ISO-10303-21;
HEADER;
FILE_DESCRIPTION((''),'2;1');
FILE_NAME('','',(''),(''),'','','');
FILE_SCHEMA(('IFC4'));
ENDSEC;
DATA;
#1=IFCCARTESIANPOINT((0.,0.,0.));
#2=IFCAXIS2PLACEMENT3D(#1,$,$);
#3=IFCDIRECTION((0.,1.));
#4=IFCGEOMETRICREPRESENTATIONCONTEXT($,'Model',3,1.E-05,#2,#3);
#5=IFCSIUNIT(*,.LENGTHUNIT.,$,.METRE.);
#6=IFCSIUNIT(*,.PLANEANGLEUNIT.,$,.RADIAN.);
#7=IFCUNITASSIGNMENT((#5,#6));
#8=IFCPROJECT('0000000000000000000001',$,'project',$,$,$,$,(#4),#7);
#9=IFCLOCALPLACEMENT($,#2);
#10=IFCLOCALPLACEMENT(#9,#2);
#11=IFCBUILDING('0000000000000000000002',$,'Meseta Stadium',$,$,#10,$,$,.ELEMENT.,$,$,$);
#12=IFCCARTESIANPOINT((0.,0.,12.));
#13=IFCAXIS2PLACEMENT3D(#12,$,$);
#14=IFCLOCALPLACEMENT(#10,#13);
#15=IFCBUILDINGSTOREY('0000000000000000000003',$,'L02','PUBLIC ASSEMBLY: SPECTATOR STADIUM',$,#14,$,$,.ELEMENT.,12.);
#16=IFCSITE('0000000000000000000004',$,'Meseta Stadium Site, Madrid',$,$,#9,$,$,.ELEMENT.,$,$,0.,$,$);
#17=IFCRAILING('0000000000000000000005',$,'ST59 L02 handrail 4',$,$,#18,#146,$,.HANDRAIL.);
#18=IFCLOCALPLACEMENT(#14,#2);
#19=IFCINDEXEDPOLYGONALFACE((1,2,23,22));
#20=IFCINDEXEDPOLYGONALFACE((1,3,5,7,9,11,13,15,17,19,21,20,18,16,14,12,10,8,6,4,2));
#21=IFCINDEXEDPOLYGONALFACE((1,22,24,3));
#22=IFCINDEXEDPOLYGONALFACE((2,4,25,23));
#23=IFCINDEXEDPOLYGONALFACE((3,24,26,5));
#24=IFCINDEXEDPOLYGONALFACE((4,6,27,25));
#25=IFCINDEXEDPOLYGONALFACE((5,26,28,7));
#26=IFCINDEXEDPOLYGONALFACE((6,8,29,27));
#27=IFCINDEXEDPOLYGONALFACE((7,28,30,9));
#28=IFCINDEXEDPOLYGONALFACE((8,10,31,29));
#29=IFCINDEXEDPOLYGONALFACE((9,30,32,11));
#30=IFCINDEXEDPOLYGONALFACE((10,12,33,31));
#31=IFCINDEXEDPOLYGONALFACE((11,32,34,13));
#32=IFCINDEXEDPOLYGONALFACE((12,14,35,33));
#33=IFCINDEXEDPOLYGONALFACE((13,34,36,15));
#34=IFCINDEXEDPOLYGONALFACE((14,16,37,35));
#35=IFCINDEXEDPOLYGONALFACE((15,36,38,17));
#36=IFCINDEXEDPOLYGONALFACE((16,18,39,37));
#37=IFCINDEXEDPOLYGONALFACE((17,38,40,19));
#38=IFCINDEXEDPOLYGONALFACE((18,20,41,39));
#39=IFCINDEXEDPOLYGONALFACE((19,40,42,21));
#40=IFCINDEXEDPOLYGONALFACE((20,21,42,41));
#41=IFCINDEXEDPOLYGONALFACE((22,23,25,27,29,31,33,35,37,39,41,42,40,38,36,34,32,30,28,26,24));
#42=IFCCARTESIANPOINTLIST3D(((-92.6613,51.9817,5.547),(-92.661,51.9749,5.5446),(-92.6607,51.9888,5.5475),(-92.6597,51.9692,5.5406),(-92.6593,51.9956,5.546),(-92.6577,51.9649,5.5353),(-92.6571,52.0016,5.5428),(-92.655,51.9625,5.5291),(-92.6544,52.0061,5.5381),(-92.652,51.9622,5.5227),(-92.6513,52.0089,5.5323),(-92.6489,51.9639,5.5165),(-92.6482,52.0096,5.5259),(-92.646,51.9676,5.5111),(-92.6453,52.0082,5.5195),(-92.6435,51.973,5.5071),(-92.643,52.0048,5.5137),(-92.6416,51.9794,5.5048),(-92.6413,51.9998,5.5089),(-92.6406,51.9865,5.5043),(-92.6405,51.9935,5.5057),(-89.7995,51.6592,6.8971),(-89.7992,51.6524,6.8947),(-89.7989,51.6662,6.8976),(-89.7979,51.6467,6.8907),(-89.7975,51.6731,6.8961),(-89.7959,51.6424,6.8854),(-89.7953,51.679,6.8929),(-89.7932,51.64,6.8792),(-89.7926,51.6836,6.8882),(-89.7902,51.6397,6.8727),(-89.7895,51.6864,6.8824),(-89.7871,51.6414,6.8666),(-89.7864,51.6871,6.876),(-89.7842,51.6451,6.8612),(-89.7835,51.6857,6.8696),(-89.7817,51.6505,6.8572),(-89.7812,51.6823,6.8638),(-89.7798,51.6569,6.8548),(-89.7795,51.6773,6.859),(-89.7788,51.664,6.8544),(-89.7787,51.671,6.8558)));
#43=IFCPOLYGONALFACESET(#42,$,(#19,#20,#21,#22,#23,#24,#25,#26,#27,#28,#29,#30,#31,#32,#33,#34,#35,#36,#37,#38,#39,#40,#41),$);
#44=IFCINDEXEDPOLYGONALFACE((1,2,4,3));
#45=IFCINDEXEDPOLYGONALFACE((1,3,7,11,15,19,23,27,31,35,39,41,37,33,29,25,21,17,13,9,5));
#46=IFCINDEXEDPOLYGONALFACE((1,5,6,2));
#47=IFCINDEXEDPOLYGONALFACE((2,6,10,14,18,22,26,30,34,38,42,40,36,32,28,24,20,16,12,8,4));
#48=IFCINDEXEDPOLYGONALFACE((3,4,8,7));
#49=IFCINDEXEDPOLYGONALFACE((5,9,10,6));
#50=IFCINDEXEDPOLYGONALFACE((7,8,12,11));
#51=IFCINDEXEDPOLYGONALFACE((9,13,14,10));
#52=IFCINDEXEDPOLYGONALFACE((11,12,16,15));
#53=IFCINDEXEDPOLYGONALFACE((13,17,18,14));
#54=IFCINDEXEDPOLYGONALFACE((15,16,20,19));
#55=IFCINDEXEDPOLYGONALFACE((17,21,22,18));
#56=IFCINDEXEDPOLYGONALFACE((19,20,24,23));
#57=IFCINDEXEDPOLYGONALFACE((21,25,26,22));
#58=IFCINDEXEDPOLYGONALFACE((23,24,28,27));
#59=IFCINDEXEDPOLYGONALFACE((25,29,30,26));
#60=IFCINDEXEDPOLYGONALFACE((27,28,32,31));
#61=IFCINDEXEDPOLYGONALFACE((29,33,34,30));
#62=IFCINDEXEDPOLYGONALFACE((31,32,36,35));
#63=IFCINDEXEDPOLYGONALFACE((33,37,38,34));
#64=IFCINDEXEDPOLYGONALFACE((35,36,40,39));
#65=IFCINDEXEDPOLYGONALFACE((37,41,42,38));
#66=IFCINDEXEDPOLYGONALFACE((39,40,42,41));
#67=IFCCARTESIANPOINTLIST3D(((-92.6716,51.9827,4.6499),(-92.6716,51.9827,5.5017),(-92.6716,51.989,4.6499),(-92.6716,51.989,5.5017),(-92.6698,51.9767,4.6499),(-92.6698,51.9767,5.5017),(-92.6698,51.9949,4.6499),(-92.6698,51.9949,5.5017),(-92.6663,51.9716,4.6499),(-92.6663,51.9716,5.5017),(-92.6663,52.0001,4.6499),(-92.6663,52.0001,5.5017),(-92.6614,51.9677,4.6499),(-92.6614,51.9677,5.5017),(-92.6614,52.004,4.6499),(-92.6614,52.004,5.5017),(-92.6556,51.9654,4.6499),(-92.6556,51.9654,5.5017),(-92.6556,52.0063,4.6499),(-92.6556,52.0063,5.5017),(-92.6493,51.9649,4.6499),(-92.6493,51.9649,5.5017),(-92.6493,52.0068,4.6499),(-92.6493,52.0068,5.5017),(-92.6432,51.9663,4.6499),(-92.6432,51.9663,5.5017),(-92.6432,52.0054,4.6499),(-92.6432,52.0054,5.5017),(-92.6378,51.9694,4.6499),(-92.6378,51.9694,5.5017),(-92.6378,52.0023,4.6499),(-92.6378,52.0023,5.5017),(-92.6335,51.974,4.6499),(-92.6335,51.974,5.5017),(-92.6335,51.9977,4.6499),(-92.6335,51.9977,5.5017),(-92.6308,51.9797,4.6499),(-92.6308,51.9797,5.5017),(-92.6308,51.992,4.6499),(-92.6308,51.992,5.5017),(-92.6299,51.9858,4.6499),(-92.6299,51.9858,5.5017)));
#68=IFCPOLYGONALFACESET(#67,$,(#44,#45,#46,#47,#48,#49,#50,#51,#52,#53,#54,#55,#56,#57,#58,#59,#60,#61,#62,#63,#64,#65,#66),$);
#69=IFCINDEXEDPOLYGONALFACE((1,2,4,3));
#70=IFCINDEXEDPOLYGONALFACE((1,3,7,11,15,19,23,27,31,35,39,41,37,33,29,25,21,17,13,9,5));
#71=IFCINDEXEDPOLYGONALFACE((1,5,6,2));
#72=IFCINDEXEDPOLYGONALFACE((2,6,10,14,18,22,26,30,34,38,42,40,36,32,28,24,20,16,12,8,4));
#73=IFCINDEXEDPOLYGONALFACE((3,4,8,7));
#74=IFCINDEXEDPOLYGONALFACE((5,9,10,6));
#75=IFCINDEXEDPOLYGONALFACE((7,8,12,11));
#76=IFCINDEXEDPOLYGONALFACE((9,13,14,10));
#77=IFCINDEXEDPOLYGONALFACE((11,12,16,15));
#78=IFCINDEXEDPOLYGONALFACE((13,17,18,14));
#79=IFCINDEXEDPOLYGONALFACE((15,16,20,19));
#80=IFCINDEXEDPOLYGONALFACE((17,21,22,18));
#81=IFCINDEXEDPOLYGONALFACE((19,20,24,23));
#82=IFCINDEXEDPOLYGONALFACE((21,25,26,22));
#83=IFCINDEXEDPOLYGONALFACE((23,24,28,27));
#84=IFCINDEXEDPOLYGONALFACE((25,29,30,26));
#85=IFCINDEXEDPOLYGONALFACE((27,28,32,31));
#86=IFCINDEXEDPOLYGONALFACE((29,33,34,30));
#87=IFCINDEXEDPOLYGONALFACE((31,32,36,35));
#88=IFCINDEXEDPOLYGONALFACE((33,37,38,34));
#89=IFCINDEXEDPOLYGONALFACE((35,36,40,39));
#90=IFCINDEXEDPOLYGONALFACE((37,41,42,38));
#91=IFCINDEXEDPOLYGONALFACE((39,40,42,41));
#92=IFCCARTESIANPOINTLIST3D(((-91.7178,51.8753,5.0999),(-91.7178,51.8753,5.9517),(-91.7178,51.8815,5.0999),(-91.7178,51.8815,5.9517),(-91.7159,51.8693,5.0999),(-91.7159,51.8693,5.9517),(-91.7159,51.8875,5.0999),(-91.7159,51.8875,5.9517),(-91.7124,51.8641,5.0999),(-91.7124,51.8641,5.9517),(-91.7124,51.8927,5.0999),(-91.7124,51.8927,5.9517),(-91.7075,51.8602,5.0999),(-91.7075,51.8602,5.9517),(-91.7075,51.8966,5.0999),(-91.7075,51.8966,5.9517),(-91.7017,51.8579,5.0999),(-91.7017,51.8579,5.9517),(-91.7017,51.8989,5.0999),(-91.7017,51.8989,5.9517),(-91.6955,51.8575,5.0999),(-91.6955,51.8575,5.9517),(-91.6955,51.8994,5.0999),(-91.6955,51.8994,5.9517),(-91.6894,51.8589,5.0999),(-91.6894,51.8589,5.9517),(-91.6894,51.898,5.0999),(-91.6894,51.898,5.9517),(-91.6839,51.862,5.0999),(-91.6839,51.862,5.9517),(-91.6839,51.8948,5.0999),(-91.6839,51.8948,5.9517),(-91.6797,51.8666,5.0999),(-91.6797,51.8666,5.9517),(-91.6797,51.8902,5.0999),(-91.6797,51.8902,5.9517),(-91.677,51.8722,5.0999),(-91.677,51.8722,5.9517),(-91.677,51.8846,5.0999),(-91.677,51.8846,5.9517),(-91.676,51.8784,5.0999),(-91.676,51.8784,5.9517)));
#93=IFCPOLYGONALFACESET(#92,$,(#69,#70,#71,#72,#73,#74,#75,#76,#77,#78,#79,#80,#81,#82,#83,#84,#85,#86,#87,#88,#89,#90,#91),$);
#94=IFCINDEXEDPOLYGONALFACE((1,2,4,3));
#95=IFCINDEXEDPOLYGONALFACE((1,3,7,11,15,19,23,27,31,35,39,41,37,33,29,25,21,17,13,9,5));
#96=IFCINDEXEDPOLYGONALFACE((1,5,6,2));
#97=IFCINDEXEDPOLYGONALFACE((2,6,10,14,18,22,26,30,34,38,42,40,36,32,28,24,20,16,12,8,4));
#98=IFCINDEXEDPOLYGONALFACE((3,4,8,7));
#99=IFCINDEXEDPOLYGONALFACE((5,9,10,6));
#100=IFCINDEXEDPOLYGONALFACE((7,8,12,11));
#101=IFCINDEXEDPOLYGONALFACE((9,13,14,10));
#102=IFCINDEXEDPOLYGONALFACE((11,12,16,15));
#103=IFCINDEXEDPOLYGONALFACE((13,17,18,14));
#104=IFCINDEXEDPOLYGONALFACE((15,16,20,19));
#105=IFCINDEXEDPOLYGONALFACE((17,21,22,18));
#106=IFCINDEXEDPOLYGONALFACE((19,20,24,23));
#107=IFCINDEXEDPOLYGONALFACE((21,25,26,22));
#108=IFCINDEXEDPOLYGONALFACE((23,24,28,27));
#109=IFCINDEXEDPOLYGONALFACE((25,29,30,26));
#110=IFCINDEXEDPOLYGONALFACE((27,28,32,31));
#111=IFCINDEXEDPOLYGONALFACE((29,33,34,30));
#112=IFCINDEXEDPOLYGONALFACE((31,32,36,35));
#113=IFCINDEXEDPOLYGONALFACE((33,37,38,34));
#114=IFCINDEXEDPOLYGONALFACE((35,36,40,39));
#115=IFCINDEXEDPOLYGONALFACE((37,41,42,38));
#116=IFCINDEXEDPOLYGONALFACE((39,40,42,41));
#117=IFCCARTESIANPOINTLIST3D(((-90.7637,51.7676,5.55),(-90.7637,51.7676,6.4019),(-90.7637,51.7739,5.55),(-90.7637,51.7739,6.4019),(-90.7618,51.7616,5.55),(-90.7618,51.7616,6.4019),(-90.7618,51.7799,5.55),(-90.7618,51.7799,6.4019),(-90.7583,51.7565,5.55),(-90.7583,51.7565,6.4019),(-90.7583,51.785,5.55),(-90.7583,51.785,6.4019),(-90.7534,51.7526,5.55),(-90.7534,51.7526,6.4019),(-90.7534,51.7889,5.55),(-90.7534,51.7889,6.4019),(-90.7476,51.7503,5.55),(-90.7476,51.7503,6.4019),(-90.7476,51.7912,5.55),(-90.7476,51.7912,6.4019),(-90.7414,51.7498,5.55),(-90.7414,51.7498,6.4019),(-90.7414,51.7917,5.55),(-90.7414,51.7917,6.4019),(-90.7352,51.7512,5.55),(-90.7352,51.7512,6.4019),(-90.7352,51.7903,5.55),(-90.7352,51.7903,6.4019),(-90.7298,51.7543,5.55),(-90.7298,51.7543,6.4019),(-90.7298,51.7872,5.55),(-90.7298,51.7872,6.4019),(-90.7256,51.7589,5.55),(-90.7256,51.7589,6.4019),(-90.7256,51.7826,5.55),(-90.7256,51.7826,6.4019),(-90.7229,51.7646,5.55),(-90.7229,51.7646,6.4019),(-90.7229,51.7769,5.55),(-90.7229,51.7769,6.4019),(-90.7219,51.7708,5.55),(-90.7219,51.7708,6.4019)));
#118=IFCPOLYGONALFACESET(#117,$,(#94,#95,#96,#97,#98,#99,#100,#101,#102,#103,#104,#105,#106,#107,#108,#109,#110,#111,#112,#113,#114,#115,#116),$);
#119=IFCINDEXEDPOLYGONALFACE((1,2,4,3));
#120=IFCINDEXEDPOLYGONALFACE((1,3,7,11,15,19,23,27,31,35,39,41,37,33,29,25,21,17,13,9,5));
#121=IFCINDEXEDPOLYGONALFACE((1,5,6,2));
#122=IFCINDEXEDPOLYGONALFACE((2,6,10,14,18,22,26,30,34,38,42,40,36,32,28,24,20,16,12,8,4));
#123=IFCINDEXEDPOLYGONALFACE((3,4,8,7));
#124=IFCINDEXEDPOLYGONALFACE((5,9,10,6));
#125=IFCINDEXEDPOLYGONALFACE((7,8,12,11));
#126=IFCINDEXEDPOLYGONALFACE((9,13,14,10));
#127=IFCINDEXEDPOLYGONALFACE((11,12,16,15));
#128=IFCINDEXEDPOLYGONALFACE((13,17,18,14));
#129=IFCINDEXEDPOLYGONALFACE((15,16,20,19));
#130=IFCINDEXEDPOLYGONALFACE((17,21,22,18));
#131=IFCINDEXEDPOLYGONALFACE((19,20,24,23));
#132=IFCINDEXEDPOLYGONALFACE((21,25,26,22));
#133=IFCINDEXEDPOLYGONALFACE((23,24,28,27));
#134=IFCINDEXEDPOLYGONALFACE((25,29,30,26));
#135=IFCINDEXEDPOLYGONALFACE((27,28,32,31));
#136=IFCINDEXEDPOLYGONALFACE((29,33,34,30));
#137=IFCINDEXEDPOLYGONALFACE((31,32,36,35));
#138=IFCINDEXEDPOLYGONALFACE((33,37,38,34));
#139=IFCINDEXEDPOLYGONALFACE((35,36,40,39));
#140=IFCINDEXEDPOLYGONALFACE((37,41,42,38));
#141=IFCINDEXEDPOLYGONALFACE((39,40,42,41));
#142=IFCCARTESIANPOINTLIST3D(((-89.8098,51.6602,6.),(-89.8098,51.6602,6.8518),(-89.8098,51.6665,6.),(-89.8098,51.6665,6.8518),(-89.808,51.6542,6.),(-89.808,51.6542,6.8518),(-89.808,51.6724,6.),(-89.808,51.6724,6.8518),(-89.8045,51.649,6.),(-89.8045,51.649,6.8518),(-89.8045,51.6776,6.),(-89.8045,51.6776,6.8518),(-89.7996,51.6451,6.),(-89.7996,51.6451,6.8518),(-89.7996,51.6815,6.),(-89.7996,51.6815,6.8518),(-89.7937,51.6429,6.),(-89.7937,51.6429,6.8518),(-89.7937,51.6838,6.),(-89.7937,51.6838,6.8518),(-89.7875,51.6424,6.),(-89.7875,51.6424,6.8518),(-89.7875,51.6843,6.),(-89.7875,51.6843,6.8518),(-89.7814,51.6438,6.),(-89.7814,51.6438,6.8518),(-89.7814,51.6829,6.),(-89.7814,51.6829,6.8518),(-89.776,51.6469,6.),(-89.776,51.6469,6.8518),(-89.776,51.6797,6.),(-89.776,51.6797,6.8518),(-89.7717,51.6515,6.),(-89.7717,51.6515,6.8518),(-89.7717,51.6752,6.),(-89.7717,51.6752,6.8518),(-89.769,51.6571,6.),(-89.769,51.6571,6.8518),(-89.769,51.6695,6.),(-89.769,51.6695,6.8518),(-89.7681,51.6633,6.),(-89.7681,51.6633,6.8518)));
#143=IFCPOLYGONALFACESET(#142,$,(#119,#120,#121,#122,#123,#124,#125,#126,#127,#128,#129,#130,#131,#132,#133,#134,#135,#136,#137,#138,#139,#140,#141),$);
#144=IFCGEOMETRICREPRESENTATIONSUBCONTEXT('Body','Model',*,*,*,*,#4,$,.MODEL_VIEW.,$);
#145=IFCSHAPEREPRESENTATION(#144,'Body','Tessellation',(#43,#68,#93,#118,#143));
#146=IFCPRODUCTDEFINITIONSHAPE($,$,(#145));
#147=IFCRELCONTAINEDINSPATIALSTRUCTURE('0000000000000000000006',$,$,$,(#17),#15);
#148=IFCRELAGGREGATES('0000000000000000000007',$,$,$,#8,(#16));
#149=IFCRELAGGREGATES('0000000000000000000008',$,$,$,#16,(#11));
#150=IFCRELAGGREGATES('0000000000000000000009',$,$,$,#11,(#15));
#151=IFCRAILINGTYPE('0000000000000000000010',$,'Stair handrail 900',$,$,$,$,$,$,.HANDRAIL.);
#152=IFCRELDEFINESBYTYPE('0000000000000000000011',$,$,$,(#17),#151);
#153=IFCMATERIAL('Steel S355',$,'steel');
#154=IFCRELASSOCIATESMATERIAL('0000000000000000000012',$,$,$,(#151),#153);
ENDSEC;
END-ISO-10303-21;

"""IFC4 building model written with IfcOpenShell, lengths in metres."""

from ifc_helpers import new_model, si_unit, direction, frame, origin, origin_2d, place, context, subcontext, project, spatial, circle, extrude, material, type_object, element, save


model = new_model("IFC4")

# Units and contexts
model_context = context("Model", 3, precision=1e-05, world=origin(), true_north=direction((0.0, 1.0)))
body_context = subcontext(model_context, "Body", "Model", "MODEL_VIEW")
ifc_project = project(units=[si_unit("LENGTHUNIT", "METRE"), si_unit("PLANEANGLEUNIT", "RADIAN")], contexts=[model_context])

# Site, building, storey
site_placement = place(None, origin())
site = spatial("IfcSite", under=ifc_project, at=site_placement, Name="Meseta Stadium Site, Madrid", CompositionType="ELEMENT", RefElevation=0.0)
building_placement = place(site_placement, origin())
building = spatial("IfcBuilding", under=site, at=building_placement, Name="Meseta Stadium", CompositionType="ELEMENT")
storey_placement = place(building_placement, frame((0.0, 0.0, 12.0)))
storey = spatial("IfcBuildingStorey", under=building, at=storey_placement, Name="L02", Description="PUBLIC ASSEMBLY: SPECTATOR STADIUM", CompositionType="ELEMENT", Elevation=12.0)

# Railing
ifc_material_1 = material(Name="Steel S355", Category="steel")
railing_type_1 = type_object("IfcRailingType", Name="Stair handrail 900", PredefinedType="HANDRAIL", material=ifc_material_1)
for number, where, name in (
    (1, (-92.6509, 51.9858, 4.6499), "ST59 L02 handrail 4"),
):
    element("IfcRailing", number, at=place(storey_placement, frame(where)), inside=storey, type_object=railing_type_1, Name=name, PredefinedType="HANDRAIL", context=body_context, shape_type="SweptSolid", body=[
        extrude(circle(Radius=0.0239, at=origin_2d()), frame((0.0, 0.0, 0.876), z_axis=(0.899748, -0.101396, 0.424467), x_axis=(0.111985, 0.99371, 0.0)), (0.0, 0.0, 1.0), 3.1807),
        extrude(circle(Radius=0.021, at=origin_2d()), origin(), (0.0, 0.0, 1.0), 0.8518),
        extrude(circle(Radius=0.021, at=origin_2d()), frame((0.9539, -0.1074, 0.45)), (0.0, 0.0, 1.0), 0.8518),
        extrude(circle(Radius=0.021, at=origin_2d()), frame((1.908, -0.2151, 0.9001)), (0.0, 0.0, 1.0), 0.8518),
        extrude(circle(Radius=0.021, at=origin_2d()), frame((2.8618, -0.3225, 1.3501)), (0.0, 0.0, 1.0), 0.8518),
    ])

save(model, "model.ifc")
